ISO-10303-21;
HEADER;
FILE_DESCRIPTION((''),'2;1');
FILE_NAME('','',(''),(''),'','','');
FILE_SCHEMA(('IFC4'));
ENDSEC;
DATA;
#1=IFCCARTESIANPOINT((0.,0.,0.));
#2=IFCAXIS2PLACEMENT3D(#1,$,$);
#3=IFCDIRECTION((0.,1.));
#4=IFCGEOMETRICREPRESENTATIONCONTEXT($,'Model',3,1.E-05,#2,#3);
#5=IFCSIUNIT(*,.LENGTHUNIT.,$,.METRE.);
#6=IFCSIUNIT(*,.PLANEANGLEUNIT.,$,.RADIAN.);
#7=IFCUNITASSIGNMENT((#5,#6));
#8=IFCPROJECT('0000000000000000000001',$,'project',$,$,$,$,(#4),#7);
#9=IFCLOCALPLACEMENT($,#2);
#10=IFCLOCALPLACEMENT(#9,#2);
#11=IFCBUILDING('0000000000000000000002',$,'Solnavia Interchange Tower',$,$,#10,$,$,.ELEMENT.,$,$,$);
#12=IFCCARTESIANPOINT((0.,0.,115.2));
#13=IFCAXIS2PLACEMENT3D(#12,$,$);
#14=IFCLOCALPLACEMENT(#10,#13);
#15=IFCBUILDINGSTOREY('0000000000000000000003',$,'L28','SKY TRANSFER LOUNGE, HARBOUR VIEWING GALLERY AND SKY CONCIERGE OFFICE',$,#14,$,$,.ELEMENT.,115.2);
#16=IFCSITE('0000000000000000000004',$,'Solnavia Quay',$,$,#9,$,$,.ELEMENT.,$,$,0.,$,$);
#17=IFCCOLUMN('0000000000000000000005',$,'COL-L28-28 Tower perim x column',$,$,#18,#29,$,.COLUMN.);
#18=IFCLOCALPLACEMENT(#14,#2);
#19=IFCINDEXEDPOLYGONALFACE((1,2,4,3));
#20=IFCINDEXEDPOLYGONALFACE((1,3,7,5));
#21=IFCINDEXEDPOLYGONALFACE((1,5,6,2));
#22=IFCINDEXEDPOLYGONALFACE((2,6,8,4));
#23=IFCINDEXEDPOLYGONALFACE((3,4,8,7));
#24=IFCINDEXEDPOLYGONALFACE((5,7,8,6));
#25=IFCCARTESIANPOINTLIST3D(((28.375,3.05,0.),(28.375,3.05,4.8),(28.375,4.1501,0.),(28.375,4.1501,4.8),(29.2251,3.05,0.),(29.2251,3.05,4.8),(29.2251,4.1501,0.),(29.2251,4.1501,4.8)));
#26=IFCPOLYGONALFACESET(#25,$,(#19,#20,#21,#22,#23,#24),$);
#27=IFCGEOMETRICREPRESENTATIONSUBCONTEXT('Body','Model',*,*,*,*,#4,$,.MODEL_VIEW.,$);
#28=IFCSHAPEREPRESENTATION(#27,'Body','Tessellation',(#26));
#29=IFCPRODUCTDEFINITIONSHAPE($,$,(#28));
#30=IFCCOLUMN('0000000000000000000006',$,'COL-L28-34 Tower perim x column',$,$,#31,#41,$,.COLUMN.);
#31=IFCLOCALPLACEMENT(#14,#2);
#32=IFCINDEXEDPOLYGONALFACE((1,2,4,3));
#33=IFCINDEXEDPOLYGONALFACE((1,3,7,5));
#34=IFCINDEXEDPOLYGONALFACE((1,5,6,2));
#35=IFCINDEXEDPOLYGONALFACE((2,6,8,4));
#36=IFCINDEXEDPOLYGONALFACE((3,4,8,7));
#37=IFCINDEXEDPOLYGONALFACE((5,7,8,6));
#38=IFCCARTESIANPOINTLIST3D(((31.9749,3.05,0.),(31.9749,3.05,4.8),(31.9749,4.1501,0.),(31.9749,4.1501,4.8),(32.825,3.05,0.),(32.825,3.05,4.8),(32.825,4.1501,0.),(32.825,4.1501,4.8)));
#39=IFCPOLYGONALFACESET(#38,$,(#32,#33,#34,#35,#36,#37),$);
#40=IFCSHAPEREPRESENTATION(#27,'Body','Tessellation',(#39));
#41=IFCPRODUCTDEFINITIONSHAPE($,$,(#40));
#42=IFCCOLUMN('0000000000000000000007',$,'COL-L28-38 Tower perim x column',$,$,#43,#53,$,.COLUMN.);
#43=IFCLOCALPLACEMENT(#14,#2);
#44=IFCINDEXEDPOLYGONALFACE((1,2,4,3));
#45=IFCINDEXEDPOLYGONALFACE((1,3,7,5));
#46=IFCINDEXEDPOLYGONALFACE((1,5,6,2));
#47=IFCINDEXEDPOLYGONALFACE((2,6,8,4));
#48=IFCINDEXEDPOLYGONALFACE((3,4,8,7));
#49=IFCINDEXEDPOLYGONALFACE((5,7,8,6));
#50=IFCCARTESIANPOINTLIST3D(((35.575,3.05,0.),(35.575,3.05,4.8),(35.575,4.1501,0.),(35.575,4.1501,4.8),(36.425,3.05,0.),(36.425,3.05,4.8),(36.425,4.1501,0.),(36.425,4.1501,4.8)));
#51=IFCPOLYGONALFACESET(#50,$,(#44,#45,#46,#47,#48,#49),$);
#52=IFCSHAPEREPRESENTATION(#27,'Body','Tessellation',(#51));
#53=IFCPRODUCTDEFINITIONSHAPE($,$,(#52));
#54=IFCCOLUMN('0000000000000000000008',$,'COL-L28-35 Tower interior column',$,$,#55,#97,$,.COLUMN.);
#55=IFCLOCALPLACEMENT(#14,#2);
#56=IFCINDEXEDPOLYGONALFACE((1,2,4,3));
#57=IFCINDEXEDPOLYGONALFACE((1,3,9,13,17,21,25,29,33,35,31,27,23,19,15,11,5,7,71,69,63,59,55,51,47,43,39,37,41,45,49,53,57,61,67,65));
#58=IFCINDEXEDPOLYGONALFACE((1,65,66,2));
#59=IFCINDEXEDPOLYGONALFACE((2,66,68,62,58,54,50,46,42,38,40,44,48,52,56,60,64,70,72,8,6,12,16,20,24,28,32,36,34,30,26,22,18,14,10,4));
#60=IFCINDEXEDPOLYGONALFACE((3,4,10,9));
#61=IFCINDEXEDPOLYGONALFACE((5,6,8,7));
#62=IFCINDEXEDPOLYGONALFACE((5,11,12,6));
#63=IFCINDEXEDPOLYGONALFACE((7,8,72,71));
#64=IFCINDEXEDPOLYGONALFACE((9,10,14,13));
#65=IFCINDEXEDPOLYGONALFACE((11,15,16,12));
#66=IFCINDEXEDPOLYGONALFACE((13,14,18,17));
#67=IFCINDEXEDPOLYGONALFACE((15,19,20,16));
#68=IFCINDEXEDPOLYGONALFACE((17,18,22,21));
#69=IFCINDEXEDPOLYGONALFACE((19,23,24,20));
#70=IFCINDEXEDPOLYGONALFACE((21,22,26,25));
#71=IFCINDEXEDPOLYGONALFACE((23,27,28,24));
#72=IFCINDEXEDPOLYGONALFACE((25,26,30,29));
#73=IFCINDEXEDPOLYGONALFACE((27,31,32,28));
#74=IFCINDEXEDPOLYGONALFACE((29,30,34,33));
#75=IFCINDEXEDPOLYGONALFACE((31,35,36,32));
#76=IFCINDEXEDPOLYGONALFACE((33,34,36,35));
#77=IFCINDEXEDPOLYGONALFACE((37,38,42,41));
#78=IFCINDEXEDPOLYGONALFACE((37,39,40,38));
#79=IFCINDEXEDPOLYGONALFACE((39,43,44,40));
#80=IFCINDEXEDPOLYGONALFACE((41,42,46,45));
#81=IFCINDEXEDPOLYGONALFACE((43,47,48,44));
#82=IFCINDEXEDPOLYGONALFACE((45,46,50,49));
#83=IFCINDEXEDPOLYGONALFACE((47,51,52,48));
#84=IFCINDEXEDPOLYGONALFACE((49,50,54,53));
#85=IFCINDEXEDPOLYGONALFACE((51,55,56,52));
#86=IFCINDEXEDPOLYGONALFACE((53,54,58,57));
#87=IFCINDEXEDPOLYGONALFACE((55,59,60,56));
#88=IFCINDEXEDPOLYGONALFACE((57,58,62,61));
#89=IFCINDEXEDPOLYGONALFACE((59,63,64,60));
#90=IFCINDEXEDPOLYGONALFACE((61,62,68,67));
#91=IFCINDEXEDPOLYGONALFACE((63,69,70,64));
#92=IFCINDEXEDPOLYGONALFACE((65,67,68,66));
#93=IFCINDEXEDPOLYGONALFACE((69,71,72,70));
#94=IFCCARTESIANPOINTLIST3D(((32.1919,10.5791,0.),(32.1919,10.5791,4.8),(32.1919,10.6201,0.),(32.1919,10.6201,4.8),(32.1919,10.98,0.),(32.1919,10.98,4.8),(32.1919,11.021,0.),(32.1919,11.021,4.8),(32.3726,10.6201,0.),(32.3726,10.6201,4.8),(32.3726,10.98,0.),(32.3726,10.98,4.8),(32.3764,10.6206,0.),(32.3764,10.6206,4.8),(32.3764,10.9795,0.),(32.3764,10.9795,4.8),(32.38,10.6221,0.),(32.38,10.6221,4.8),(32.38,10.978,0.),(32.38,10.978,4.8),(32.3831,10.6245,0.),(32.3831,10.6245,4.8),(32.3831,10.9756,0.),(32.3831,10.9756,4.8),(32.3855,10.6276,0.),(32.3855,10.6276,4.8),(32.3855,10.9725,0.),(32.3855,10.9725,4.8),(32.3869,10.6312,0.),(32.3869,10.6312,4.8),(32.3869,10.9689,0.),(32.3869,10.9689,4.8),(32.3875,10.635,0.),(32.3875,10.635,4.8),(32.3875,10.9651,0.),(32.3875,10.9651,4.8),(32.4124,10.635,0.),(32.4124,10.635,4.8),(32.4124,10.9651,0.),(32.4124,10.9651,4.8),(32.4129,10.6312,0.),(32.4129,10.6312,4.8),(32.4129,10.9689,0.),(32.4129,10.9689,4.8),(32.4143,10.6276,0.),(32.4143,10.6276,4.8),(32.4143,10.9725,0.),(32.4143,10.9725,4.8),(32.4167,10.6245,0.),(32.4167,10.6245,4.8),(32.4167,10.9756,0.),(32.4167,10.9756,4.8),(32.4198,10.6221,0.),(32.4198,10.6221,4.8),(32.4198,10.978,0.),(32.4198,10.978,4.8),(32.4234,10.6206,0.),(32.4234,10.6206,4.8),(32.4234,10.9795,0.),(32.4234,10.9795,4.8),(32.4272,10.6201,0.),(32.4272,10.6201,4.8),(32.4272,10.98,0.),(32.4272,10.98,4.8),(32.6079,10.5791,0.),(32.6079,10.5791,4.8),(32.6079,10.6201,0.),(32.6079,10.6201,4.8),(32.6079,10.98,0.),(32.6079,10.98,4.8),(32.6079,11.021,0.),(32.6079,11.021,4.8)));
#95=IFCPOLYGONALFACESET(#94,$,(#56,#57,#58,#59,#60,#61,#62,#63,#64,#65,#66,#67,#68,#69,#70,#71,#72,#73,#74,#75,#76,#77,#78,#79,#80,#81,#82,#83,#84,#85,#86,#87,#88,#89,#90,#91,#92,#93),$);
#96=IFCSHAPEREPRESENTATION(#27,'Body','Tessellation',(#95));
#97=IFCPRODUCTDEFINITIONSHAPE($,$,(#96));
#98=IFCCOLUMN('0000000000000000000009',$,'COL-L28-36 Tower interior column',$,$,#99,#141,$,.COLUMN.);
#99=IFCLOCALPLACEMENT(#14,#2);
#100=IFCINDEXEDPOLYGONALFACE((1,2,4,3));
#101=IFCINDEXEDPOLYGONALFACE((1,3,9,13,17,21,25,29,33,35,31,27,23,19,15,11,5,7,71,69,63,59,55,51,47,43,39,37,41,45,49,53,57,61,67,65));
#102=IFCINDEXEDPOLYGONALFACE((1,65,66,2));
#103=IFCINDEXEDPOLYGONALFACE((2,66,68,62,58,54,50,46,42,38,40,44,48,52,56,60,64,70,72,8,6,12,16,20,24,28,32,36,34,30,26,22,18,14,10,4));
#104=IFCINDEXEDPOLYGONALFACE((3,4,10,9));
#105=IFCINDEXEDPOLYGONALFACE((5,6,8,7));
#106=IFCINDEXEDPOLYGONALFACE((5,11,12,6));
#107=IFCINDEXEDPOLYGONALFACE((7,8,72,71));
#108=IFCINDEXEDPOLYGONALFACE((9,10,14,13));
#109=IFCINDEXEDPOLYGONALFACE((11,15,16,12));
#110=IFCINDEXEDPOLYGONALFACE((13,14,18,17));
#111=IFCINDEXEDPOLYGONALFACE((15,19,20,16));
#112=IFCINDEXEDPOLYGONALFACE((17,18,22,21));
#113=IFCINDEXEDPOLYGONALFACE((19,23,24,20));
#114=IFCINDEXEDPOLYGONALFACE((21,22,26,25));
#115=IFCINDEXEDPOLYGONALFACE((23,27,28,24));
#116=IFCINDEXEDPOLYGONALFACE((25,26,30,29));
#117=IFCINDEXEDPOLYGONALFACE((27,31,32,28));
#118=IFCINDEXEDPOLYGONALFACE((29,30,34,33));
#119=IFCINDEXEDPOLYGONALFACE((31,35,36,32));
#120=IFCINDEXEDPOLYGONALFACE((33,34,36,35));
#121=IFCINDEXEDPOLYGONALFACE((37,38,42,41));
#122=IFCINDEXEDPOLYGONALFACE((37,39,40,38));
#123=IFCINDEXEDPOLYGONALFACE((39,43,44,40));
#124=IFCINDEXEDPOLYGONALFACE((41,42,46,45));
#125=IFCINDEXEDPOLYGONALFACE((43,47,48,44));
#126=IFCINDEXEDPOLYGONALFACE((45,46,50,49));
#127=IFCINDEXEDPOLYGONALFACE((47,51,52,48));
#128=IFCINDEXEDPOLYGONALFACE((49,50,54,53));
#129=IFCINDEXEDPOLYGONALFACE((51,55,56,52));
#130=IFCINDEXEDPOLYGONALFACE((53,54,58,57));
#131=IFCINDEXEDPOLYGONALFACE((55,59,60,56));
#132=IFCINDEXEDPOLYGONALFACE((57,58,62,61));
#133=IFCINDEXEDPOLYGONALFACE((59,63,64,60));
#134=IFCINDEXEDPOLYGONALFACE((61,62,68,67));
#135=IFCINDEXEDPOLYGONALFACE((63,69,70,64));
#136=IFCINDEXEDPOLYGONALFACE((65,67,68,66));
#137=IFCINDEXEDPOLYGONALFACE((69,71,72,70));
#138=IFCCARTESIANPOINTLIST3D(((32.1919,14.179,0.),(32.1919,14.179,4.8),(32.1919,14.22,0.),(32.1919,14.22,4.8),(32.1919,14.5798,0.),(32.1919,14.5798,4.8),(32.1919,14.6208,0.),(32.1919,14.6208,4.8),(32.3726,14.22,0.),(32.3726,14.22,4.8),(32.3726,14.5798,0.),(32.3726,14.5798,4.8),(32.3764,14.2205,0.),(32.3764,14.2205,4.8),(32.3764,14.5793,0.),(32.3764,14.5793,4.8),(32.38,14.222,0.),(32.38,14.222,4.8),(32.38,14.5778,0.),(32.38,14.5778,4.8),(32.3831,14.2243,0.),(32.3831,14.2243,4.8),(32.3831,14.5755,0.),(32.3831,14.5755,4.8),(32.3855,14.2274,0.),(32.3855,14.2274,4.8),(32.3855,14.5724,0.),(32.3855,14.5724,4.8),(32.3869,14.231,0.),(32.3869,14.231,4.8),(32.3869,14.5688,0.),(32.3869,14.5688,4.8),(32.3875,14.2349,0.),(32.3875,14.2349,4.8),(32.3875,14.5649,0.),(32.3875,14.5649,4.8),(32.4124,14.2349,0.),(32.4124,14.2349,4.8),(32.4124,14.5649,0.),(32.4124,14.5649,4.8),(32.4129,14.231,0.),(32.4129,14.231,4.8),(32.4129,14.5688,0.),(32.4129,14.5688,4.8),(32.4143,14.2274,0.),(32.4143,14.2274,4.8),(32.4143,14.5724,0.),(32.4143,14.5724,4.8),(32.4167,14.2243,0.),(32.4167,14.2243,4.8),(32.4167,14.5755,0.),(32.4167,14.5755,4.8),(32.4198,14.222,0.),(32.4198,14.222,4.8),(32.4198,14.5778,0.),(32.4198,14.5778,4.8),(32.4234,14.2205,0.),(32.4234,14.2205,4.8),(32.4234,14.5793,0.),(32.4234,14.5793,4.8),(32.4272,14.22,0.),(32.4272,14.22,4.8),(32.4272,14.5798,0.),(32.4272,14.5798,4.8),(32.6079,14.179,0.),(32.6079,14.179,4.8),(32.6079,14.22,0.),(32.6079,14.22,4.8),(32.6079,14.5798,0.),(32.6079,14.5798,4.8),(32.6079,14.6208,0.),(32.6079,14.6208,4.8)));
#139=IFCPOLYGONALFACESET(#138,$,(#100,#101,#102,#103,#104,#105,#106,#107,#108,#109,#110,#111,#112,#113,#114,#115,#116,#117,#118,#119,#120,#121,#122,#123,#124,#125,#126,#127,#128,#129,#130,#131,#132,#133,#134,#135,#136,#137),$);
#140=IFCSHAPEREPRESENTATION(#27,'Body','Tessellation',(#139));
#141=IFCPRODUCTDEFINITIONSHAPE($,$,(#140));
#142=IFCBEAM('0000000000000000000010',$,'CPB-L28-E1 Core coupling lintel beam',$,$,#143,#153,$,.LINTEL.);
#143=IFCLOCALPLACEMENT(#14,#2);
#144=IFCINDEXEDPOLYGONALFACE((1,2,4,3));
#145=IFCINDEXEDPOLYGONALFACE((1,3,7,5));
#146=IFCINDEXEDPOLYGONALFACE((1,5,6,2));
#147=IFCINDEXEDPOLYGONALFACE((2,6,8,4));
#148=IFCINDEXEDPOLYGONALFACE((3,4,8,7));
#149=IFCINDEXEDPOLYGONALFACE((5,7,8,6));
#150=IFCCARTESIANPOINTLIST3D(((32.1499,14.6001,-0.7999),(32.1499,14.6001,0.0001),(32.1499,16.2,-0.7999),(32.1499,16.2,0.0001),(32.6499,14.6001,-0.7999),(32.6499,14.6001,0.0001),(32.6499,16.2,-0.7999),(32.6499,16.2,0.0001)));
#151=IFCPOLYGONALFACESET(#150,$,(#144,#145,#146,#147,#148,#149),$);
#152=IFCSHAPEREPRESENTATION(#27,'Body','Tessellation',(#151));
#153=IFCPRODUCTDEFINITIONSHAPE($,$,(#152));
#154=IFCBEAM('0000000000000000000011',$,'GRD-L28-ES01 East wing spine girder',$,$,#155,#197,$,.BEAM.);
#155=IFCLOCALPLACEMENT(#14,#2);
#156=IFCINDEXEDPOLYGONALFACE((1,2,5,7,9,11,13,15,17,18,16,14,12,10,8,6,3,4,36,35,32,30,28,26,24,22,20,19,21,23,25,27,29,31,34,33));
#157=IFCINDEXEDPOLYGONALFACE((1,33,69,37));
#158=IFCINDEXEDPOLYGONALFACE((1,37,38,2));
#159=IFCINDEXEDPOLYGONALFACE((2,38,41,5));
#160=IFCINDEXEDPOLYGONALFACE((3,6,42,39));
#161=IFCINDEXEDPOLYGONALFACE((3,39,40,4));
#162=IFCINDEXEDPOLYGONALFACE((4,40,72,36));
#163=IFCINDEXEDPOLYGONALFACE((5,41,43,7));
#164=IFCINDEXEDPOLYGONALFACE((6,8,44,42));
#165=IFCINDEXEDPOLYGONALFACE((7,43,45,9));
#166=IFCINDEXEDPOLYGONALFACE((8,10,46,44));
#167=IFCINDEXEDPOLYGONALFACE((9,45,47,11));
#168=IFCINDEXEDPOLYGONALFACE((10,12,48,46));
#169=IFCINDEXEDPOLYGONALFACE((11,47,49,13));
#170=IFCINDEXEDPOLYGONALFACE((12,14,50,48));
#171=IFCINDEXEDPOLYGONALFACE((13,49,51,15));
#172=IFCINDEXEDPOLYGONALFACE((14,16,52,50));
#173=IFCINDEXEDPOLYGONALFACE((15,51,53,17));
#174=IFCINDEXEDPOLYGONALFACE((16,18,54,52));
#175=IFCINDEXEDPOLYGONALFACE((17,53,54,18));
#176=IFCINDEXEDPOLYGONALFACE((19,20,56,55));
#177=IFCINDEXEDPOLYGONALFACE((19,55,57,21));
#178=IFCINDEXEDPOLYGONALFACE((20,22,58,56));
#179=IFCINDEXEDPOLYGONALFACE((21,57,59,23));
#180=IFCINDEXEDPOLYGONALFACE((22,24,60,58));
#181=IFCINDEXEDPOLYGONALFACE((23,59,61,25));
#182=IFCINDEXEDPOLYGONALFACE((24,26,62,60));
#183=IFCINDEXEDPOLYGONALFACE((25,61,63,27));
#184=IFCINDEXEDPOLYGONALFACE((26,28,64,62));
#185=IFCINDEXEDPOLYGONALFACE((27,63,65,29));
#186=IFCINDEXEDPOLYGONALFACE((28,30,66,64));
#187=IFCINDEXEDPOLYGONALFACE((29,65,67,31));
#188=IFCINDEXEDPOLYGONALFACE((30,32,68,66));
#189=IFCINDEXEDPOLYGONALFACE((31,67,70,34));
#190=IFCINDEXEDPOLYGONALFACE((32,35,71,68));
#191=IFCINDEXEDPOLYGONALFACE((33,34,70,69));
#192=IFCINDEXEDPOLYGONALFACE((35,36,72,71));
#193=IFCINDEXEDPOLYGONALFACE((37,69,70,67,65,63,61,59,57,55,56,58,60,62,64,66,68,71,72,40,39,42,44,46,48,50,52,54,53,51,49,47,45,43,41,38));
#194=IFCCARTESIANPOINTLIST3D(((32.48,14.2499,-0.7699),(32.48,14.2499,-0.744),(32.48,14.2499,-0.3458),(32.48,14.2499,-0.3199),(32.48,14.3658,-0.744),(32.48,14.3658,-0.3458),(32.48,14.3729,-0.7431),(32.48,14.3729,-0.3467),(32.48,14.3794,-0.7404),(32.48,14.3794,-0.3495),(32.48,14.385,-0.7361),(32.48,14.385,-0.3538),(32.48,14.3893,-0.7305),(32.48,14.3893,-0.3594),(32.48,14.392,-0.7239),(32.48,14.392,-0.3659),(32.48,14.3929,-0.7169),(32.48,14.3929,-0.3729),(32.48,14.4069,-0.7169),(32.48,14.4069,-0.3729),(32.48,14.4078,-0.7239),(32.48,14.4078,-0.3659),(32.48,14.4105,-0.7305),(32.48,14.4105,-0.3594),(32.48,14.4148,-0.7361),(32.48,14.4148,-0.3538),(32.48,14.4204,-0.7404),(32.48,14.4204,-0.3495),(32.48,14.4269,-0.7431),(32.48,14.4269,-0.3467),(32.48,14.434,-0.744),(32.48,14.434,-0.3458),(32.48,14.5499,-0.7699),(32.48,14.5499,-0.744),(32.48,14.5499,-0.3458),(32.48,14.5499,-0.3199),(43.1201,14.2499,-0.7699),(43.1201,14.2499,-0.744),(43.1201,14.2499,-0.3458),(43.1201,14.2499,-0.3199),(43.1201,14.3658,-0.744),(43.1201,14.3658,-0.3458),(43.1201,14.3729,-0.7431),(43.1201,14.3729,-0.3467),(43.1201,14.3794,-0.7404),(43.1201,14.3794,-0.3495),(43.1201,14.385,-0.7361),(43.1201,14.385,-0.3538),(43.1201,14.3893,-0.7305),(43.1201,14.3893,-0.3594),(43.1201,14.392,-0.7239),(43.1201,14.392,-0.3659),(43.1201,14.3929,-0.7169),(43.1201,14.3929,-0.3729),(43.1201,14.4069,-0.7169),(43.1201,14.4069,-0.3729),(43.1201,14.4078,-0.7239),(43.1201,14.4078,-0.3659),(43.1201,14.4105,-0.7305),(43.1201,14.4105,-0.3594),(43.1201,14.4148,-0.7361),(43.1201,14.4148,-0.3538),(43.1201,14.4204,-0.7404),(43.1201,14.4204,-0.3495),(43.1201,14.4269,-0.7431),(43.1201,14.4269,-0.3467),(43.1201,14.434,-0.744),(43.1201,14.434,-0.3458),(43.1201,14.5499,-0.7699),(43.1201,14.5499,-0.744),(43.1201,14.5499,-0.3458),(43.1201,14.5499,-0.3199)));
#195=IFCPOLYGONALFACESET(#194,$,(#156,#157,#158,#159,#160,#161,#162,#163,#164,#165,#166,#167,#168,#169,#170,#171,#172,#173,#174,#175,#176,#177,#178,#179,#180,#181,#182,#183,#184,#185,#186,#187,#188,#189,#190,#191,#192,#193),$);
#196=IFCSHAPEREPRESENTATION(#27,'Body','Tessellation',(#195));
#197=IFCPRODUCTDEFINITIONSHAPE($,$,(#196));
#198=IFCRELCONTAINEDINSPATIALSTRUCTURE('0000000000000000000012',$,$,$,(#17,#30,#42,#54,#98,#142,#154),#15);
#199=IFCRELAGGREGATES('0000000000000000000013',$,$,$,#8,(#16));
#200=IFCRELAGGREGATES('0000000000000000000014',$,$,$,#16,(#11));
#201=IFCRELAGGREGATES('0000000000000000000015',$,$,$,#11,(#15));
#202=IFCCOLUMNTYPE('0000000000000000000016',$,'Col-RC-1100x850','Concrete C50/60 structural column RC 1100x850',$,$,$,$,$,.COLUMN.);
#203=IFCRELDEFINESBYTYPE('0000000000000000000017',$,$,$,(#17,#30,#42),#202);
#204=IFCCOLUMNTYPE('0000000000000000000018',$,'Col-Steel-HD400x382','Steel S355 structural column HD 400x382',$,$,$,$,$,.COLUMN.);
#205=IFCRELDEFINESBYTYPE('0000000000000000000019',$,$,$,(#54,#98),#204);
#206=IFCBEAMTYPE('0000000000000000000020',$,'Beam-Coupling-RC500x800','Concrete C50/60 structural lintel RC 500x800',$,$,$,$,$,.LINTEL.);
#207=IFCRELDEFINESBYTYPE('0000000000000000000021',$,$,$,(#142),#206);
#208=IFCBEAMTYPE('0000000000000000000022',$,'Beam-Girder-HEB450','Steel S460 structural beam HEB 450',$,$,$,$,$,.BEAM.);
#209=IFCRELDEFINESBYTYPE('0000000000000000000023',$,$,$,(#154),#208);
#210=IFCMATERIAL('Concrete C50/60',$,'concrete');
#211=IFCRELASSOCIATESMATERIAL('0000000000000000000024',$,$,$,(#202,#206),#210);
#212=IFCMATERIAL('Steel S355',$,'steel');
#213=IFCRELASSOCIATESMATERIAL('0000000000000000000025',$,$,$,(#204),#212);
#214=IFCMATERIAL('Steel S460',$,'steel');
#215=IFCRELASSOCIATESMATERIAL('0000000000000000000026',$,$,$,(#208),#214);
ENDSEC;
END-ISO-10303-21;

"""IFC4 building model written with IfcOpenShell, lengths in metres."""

from ifc_helpers import new_model, si_unit, direction, frame, origin, origin_2d, place, context, subcontext, project, spatial, rectangle, i_section, extrude, material, material_profile, profile_set, type_object, element, save


model = new_model("IFC4")

# Units and contexts
model_context = context("Model", 3, precision=1e-05, world=origin(), true_north=direction((0.0, 1.0)))
body_context = subcontext(model_context, "Body", "Model", "MODEL_VIEW")
ifc_project = project(units=[si_unit("LENGTHUNIT", "METRE"), si_unit("PLANEANGLEUNIT", "RADIAN")], contexts=[model_context])

# Site, building, storey
site_placement = place(None, origin())
site = spatial("IfcSite", under=ifc_project, at=site_placement, Name="Solnavia Quay", CompositionType="ELEMENT", RefElevation=0.0)
building_placement = place(site_placement, origin())
building = spatial("IfcBuilding", under=site, at=building_placement, Name="Solnavia Interchange Tower", CompositionType="ELEMENT")
storey_placement = place(building_placement, frame((0.0, 0.0, 115.2)))
storey = spatial("IfcBuildingStorey", under=building, at=storey_placement, Name="L28", Description="SKY TRANSFER LOUNGE, HARBOUR VIEWING GALLERY AND SKY CONCIERGE OFFICE", CompositionType="ELEMENT", Elevation=115.2)

# Columns
ifc_material_1 = material(Name="Concrete C50/60", Category="concrete")
ifc_material_profile_1 = material_profile(ifc_material_1, rectangle(XDim=0.8501, YDim=1.1001, at=origin_2d()), Name="RC 1100x850")
ifc_profile_set_1 = profile_set([ifc_material_profile_1], Name="Concrete C50/60")
column_type_1 = type_object("IfcColumnType", Name="Col-RC-1100x850", Description="Concrete C50/60 structural column RC 1100x850", PredefinedType="COLUMN", material=ifc_profile_set_1)
for number, where, z_axis, x_axis, name in (
    (1, (28.8, 3.6001, 0.0), (0.0, 0.0, 1.0), (1.0, 0.0, 0.0), "COL-L28-28 Tower perim x column"),
    (2, (32.3999, 3.6001, 0.0), (0.0, 0.0, 1.0), (1.0, 0.0, 0.0), "COL-L28-34 Tower perim x column"),
    (3, (36.0, 3.6001, 0.0), (0.0, 0.0, 1.0), (1.0, 0.0, 0.0), "COL-L28-38 Tower perim x column"),
):
    element("IfcColumn", number, at=place(storey_placement, frame(where, z_axis=z_axis, x_axis=x_axis)), inside=storey, type_object=column_type_1, Name=name, PredefinedType="COLUMN", context=body_context, shape_type="SweptSolid", body=[
        extrude(rectangle(XDim=0.8501, YDim=1.1001, at=origin_2d()), origin(), (0.0, 0.0, 1.0), 4.8),
    ])
ifc_material_2 = material(Name="Steel S355", Category="steel")
ifc_material_profile_2 = material_profile(ifc_material_2, i_section(OverallWidth=0.416, OverallDepth=0.4419, WebThickness=0.0249, FlangeThickness=0.041, FilletRadius=0.0149, at=origin_2d()), Name="HD 400x382")
ifc_profile_set_2 = profile_set([ifc_material_profile_2], Name="Steel S355")
column_type_2 = type_object("IfcColumnType", Name="Col-Steel-HD400x382", Description="Steel S355 structural column HD 400x382", PredefinedType="COLUMN", material=ifc_profile_set_2)
for number, where, z_axis, x_axis, name in (
    (4, (32.3999, 10.8, 0.0), (0.0, 0.0, 1.0), (1.0, 0.0, 0.0), "COL-L28-35 Tower interior column"),
    (5, (32.3999, 14.3999, 0.0), (0.0, 0.0, 1.0), (1.0, 0.0, 0.0), "COL-L28-36 Tower interior column"),
):
    element("IfcColumn", number, at=place(storey_placement, frame(where, z_axis=z_axis, x_axis=x_axis)), inside=storey, type_object=column_type_2, Name=name, PredefinedType="COLUMN", context=body_context, shape_type="SweptSolid", body=[
        extrude(i_section(OverallWidth=0.416, OverallDepth=0.4419, WebThickness=0.0249, FlangeThickness=0.041, FilletRadius=0.0149, at=origin_2d()), origin(), (0.0, 0.0, 1.0), 4.8),
    ])

# Beams
ifc_material_profile_3 = material_profile(ifc_material_1, rectangle(XDim=0.5, YDim=0.8, at=origin_2d()), Name="RC 500x800")
ifc_profile_set_3 = profile_set([ifc_material_profile_3], Name="Concrete C50/60")
beam_type_1 = type_object("IfcBeamType", Name="Beam-Coupling-RC500x800", Description="Concrete C50/60 structural lintel RC 500x800", PredefinedType="LINTEL", material=ifc_profile_set_3)
beam_1_placement = place(storey_placement, frame((32.3999, 14.6001, -0.3999), z_axis=(0.0, 1.0, 0.0), x_axis=(-1.0, 0.0, 0.0)))
element("IfcBeam", 6, at=beam_1_placement, inside=storey, type_object=beam_type_1, Name="CPB-L28-E1 Core coupling lintel beam", PredefinedType="LINTEL", context=body_context, shape_type="SweptSolid", body=[
    extrude(rectangle(XDim=0.5, YDim=0.8, at=origin_2d()), origin(), (0.0, 0.0, 1.0), 1.5999),
])
ifc_material_3 = material(Name="Steel S460", Category="steel")
ifc_material_profile_4 = material_profile(ifc_material_3, i_section(OverallWidth=0.3, OverallDepth=0.45, WebThickness=0.0139, FlangeThickness=0.0259, FilletRadius=0.0271, at=origin_2d()), Name="HEB 450")
ifc_profile_set_4 = profile_set([ifc_material_profile_4], Name="Steel S460")
beam_type_2 = type_object("IfcBeamType", Name="Beam-Girder-HEB450", Description="Steel S460 structural beam HEB 450", PredefinedType="BEAM", material=ifc_profile_set_4)
beam_2_placement = place(storey_placement, frame((32.48, 14.3999, -0.5449), z_axis=(1.0, 0.0, 0.0), x_axis=(0.0, 1.0, 0.0)))
element("IfcBeam", 7, at=beam_2_placement, inside=storey, type_object=beam_type_2, Name="GRD-L28-ES01 East wing spine girder", PredefinedType="BEAM", context=body_context, shape_type="SweptSolid", body=[
    extrude(i_section(OverallWidth=0.3, OverallDepth=0.45, WebThickness=0.0139, FlangeThickness=0.0259, FilletRadius=0.0271, at=origin_2d()), origin(), (0.0, 0.0, 1.0), 10.6401),
])

save(model, "model.ifc")
